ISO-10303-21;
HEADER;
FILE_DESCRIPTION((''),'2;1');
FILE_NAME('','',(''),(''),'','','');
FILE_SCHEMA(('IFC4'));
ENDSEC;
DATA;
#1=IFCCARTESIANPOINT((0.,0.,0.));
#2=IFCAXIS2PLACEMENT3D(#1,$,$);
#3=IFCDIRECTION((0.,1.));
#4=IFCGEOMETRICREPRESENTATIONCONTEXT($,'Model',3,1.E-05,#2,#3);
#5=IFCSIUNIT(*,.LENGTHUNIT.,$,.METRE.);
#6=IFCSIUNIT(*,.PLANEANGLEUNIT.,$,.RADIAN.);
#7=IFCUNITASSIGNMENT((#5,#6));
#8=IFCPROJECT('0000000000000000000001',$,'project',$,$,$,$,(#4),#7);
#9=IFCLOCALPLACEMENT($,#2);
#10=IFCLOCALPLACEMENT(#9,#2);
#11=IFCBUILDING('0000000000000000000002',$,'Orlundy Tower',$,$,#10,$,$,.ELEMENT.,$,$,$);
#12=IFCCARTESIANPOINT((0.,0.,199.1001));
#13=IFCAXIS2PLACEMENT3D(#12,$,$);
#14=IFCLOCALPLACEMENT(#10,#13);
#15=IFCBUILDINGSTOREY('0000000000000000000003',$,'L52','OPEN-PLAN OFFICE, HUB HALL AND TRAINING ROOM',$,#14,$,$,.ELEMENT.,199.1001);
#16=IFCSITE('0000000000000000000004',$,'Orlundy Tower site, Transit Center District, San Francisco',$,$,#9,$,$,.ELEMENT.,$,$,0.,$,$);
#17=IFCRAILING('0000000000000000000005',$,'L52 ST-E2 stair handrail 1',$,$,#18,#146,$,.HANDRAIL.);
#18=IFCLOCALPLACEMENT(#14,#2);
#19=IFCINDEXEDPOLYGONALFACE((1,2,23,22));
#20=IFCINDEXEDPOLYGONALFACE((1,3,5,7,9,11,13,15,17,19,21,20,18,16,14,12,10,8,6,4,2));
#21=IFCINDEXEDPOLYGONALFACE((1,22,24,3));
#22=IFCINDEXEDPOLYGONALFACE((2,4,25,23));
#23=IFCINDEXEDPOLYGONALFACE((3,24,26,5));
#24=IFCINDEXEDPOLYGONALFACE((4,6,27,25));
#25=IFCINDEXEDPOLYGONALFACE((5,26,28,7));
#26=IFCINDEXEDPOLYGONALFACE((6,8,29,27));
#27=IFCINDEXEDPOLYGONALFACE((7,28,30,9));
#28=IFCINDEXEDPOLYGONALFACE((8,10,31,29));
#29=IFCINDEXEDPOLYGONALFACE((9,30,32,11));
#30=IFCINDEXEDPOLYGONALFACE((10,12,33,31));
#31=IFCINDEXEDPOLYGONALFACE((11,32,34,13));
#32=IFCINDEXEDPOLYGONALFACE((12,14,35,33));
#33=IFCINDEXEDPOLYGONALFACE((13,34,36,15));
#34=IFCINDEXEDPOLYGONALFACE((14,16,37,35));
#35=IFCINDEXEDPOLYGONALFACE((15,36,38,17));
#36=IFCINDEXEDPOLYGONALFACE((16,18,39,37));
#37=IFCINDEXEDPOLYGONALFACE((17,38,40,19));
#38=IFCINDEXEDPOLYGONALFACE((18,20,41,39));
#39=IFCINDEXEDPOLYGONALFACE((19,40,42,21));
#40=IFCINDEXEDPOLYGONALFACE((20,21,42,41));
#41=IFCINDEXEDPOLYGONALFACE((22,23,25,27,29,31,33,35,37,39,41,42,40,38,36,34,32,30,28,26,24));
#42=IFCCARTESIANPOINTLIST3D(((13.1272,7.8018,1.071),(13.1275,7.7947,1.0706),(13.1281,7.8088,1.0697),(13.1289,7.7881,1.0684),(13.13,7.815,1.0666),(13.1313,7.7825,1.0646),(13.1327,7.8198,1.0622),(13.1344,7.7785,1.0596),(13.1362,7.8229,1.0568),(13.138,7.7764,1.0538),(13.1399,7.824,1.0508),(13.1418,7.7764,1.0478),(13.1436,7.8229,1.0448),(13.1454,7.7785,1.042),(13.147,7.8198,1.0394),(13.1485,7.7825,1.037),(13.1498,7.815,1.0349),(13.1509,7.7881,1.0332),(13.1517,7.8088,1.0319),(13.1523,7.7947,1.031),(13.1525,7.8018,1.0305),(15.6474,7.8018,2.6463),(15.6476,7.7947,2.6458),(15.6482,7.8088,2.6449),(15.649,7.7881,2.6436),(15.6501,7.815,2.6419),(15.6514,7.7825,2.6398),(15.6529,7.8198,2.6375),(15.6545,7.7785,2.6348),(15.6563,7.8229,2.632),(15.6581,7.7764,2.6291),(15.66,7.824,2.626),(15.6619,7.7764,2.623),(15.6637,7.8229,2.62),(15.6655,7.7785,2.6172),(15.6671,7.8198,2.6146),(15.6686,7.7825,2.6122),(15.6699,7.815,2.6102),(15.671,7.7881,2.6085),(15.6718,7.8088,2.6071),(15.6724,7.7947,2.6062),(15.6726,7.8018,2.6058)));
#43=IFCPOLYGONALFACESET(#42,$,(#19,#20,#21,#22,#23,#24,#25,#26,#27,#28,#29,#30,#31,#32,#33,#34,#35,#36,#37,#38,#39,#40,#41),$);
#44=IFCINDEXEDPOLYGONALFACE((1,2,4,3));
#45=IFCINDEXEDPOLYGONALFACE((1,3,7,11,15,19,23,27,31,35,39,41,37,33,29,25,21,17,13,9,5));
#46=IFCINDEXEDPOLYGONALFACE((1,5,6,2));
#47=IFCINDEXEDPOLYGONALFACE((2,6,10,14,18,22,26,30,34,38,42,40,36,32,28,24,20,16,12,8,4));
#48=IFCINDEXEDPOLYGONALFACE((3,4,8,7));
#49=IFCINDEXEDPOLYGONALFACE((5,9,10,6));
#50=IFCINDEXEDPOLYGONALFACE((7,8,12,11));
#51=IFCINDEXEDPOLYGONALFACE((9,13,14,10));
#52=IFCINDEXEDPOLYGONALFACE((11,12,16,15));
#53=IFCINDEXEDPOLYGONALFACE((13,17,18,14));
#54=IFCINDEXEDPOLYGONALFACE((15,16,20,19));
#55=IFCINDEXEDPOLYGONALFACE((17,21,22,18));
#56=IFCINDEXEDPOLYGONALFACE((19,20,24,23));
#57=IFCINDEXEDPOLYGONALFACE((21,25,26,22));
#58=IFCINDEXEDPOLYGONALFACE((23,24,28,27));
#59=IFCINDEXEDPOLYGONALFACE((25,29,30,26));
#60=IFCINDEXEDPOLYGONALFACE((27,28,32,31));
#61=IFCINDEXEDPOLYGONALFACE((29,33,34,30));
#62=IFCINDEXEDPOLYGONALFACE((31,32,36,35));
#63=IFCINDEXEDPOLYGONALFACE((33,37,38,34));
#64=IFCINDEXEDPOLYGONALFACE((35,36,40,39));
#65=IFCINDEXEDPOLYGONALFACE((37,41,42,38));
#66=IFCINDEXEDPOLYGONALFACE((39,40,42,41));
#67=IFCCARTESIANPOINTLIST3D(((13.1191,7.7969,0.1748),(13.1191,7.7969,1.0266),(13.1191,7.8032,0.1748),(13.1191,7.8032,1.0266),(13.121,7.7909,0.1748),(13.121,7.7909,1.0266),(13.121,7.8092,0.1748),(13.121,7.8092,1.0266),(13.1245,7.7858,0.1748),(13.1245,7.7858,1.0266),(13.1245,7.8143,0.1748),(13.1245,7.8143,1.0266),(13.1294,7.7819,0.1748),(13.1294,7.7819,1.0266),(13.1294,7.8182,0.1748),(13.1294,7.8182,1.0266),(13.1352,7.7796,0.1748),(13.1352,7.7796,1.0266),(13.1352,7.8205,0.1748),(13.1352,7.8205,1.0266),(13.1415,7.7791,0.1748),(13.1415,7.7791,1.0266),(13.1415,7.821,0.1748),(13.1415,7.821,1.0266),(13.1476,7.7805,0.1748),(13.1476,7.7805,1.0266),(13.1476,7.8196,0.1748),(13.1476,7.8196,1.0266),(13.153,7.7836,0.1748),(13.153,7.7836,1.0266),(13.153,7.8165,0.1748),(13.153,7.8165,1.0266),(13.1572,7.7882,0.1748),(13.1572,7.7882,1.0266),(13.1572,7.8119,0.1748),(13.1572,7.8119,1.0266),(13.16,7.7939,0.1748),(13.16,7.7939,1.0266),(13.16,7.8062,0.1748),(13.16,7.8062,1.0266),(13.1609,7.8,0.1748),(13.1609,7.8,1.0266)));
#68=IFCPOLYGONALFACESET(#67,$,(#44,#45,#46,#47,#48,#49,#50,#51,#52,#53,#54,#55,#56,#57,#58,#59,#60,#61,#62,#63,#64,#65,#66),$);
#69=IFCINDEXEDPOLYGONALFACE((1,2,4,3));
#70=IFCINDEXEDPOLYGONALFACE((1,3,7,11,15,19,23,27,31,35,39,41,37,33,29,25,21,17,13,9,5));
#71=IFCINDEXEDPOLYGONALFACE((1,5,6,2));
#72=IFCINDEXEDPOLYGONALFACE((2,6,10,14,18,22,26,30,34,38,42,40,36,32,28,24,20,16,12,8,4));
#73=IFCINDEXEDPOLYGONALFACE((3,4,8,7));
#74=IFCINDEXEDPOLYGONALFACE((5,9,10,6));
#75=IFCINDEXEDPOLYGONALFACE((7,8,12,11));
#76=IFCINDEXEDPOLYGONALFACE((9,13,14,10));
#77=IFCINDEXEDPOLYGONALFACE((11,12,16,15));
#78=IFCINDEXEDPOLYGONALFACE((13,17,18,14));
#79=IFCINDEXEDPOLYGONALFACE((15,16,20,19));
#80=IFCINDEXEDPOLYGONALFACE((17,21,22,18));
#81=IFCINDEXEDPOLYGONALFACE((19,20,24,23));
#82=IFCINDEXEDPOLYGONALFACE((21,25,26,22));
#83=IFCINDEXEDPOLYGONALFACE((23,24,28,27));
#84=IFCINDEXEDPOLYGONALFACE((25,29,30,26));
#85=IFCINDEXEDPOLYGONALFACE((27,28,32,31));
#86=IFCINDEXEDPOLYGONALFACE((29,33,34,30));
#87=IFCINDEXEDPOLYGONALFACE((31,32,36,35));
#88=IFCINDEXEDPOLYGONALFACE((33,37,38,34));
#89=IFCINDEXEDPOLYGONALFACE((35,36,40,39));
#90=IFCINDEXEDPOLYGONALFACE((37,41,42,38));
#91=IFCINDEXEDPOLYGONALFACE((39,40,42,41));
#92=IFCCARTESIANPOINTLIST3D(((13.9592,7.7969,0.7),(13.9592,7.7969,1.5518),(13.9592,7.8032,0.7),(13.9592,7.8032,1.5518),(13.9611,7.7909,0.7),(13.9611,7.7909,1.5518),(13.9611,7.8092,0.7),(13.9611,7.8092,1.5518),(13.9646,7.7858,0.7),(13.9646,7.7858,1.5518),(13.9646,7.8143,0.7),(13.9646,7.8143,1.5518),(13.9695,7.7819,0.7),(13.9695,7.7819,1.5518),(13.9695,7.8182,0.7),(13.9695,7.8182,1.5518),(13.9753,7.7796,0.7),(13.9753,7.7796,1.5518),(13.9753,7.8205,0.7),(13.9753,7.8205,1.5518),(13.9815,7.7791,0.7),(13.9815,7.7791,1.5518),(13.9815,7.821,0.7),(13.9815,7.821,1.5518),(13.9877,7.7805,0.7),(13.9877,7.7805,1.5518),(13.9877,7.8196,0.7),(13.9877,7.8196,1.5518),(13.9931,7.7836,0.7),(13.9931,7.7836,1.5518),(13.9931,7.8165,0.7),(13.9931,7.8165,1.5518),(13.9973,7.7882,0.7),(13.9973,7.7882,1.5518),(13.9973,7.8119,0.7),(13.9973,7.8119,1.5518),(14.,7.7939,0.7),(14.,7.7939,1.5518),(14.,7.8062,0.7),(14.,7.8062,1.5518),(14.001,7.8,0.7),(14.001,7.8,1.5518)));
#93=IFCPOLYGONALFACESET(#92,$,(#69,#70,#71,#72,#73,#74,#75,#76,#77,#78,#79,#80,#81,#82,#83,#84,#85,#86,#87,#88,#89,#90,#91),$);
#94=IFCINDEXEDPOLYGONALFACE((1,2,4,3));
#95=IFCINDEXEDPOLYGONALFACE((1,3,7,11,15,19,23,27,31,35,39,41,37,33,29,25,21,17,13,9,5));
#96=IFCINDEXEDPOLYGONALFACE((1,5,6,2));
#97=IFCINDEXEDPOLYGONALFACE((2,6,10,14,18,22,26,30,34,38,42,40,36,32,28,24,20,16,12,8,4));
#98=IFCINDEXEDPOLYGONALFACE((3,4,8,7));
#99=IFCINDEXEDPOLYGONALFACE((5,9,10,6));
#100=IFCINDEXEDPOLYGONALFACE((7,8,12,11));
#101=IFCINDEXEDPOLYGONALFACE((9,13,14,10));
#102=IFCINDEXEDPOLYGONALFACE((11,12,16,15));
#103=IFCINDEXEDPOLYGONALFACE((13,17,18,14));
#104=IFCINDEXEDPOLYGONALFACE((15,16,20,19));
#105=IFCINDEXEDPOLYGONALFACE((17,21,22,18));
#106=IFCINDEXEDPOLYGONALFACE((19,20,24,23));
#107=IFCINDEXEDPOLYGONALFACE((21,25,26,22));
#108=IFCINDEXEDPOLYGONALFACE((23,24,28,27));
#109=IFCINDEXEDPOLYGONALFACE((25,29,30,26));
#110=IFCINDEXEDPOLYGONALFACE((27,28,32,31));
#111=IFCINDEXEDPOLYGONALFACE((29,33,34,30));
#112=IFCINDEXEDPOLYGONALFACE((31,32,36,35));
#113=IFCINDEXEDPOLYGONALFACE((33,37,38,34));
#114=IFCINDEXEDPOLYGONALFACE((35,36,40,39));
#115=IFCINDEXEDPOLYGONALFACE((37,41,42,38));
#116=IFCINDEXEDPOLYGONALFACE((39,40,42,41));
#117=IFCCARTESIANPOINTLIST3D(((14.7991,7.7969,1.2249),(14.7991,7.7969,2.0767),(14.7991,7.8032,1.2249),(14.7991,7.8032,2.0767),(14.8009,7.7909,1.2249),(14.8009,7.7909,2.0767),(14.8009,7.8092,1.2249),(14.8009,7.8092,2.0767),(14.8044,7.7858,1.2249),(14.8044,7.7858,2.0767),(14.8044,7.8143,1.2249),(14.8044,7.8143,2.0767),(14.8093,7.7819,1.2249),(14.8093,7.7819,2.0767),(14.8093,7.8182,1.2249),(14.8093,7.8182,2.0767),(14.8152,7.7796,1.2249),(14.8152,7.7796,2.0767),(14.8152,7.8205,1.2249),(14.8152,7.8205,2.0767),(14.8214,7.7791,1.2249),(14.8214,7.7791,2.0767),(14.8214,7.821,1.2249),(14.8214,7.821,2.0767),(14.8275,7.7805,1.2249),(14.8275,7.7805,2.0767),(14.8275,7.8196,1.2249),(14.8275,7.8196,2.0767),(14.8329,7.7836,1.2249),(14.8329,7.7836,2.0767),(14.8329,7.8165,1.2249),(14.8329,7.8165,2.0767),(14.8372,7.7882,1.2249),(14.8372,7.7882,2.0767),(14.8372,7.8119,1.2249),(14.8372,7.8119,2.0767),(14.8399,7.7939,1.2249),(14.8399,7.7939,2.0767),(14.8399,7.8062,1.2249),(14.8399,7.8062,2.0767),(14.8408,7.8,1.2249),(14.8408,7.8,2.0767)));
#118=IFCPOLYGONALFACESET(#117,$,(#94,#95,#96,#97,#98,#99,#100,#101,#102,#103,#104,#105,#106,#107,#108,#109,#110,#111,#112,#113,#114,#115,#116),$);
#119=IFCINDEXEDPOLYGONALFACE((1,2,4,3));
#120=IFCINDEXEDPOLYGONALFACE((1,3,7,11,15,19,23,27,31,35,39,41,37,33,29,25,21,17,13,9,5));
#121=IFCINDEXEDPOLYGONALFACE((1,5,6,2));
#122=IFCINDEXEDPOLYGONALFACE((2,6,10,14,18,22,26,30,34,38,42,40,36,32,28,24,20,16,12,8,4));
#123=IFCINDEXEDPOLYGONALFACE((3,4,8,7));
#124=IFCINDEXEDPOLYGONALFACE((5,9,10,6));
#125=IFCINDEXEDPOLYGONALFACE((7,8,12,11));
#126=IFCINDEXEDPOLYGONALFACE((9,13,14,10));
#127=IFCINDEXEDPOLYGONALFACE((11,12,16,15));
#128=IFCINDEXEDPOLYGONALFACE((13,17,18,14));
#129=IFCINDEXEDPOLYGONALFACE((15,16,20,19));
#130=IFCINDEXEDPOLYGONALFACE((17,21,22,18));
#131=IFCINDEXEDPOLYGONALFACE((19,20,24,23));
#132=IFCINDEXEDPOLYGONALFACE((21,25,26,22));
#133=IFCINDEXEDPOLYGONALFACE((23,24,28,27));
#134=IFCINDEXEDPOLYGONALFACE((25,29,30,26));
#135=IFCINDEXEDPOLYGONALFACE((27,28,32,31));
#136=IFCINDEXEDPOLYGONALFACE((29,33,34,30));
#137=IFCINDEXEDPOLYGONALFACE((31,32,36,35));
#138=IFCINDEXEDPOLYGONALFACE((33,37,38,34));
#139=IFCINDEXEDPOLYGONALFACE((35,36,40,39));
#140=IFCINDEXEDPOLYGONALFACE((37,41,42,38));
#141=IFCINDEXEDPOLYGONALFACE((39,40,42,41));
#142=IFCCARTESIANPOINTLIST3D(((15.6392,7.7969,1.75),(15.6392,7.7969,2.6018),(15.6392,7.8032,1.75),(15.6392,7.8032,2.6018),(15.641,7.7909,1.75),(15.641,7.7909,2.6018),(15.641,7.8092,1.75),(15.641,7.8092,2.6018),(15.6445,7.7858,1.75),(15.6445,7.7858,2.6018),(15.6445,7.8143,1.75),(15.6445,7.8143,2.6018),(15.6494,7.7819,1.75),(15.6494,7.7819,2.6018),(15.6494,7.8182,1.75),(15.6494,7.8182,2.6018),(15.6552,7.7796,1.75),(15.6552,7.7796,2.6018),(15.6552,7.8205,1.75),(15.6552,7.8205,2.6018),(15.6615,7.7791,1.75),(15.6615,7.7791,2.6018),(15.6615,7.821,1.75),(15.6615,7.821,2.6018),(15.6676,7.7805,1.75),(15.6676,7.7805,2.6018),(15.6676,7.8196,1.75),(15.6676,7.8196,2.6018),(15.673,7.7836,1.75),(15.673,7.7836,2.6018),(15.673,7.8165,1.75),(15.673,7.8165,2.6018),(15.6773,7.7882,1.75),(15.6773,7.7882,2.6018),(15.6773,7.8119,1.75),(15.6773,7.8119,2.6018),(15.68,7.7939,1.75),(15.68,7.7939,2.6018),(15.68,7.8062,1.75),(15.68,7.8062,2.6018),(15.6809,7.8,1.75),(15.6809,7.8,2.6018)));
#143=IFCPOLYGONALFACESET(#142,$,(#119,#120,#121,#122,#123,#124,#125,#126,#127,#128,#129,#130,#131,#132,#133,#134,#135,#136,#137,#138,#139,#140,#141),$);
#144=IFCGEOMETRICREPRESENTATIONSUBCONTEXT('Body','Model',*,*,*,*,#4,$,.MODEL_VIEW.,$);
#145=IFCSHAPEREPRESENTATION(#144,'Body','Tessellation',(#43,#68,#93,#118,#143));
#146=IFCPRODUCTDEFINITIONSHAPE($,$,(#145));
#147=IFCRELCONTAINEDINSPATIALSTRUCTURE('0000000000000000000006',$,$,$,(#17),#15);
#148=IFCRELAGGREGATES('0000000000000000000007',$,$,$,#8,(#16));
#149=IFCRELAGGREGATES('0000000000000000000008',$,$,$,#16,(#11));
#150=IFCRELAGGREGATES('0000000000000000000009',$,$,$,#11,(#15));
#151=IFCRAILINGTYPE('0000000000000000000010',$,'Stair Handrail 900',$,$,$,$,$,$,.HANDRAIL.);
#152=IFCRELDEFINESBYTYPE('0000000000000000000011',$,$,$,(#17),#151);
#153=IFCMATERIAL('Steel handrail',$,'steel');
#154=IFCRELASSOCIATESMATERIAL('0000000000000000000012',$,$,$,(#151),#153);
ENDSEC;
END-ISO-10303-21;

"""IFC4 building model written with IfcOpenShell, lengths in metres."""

from ifc_helpers import new_model, si_unit, direction, frame, origin, origin_2d, place, context, subcontext, project, spatial, circle, extrude, material, type_object, element, save


model = new_model("IFC4")

# Units and contexts
model_context = context("Model", 3, precision=1e-05, world=origin(), true_north=direction((0.0, 1.0)))
body_context = subcontext(model_context, "Body", "Model", "MODEL_VIEW")
ifc_project = project(units=[si_unit("LENGTHUNIT", "METRE"), si_unit("PLANEANGLEUNIT", "RADIAN")], contexts=[model_context])

# Site, building, storey
site_placement = place(None, origin())
site = spatial("IfcSite", under=ifc_project, at=site_placement, Name="Orlundy Tower site, Transit Center District, San Francisco", CompositionType="ELEMENT", RefElevation=0.0)
building_placement = place(site_placement, origin())
building = spatial("IfcBuilding", under=site, at=building_placement, Name="Orlundy Tower", CompositionType="ELEMENT")
storey_placement = place(building_placement, frame((0.0, 0.0, 199.1001)))
storey = spatial("IfcBuildingStorey", under=building, at=storey_placement, Name="L52", Description="OPEN-PLAN OFFICE, HUB HALL AND TRAINING ROOM", CompositionType="ELEMENT", Elevation=199.1001)

# Railing
ifc_material_1 = material(Name="Steel handrail", Category="steel")
railing_type_1 = type_object("IfcRailingType", Name="Stair Handrail 900", PredefinedType="HANDRAIL", material=ifc_material_1)
railing_1_placement = place(storey_placement, frame((13.1399, 7.8, 0.1748)))
element("IfcRailing", 1, at=railing_1_placement, inside=storey, type_object=railing_type_1, Name="L52 ST-E2 stair handrail 1", PredefinedType="HANDRAIL", context=body_context, shape_type="SweptSolid", body=[
    extrude(circle(Radius=0.0239, at=origin_2d()), frame((0.0, 0.0, 0.876), z_axis=(0.847971, 0.0, 0.530043), x_axis=(0.0, 1.0, 0.0)), (0.0, 0.0, 1.0), 2.9719),
    extrude(circle(Radius=0.021, at=origin_2d()), origin(), (0.0, 0.0, 1.0), 0.8518),
    extrude(circle(Radius=0.021, at=origin_2d()), frame((0.8401, 0.0, 0.5251)), (0.0, 0.0, 1.0), 0.8518),
    extrude(circle(Radius=0.021, at=origin_2d()), frame((1.6799, 0.0, 1.05)), (0.0, 0.0, 1.0), 0.8518),
    extrude(circle(Radius=0.021, at=origin_2d()), frame((2.52, 0.0, 1.5752)), (0.0, 0.0, 1.0), 0.8518),
])

save(model, "model.ifc")
